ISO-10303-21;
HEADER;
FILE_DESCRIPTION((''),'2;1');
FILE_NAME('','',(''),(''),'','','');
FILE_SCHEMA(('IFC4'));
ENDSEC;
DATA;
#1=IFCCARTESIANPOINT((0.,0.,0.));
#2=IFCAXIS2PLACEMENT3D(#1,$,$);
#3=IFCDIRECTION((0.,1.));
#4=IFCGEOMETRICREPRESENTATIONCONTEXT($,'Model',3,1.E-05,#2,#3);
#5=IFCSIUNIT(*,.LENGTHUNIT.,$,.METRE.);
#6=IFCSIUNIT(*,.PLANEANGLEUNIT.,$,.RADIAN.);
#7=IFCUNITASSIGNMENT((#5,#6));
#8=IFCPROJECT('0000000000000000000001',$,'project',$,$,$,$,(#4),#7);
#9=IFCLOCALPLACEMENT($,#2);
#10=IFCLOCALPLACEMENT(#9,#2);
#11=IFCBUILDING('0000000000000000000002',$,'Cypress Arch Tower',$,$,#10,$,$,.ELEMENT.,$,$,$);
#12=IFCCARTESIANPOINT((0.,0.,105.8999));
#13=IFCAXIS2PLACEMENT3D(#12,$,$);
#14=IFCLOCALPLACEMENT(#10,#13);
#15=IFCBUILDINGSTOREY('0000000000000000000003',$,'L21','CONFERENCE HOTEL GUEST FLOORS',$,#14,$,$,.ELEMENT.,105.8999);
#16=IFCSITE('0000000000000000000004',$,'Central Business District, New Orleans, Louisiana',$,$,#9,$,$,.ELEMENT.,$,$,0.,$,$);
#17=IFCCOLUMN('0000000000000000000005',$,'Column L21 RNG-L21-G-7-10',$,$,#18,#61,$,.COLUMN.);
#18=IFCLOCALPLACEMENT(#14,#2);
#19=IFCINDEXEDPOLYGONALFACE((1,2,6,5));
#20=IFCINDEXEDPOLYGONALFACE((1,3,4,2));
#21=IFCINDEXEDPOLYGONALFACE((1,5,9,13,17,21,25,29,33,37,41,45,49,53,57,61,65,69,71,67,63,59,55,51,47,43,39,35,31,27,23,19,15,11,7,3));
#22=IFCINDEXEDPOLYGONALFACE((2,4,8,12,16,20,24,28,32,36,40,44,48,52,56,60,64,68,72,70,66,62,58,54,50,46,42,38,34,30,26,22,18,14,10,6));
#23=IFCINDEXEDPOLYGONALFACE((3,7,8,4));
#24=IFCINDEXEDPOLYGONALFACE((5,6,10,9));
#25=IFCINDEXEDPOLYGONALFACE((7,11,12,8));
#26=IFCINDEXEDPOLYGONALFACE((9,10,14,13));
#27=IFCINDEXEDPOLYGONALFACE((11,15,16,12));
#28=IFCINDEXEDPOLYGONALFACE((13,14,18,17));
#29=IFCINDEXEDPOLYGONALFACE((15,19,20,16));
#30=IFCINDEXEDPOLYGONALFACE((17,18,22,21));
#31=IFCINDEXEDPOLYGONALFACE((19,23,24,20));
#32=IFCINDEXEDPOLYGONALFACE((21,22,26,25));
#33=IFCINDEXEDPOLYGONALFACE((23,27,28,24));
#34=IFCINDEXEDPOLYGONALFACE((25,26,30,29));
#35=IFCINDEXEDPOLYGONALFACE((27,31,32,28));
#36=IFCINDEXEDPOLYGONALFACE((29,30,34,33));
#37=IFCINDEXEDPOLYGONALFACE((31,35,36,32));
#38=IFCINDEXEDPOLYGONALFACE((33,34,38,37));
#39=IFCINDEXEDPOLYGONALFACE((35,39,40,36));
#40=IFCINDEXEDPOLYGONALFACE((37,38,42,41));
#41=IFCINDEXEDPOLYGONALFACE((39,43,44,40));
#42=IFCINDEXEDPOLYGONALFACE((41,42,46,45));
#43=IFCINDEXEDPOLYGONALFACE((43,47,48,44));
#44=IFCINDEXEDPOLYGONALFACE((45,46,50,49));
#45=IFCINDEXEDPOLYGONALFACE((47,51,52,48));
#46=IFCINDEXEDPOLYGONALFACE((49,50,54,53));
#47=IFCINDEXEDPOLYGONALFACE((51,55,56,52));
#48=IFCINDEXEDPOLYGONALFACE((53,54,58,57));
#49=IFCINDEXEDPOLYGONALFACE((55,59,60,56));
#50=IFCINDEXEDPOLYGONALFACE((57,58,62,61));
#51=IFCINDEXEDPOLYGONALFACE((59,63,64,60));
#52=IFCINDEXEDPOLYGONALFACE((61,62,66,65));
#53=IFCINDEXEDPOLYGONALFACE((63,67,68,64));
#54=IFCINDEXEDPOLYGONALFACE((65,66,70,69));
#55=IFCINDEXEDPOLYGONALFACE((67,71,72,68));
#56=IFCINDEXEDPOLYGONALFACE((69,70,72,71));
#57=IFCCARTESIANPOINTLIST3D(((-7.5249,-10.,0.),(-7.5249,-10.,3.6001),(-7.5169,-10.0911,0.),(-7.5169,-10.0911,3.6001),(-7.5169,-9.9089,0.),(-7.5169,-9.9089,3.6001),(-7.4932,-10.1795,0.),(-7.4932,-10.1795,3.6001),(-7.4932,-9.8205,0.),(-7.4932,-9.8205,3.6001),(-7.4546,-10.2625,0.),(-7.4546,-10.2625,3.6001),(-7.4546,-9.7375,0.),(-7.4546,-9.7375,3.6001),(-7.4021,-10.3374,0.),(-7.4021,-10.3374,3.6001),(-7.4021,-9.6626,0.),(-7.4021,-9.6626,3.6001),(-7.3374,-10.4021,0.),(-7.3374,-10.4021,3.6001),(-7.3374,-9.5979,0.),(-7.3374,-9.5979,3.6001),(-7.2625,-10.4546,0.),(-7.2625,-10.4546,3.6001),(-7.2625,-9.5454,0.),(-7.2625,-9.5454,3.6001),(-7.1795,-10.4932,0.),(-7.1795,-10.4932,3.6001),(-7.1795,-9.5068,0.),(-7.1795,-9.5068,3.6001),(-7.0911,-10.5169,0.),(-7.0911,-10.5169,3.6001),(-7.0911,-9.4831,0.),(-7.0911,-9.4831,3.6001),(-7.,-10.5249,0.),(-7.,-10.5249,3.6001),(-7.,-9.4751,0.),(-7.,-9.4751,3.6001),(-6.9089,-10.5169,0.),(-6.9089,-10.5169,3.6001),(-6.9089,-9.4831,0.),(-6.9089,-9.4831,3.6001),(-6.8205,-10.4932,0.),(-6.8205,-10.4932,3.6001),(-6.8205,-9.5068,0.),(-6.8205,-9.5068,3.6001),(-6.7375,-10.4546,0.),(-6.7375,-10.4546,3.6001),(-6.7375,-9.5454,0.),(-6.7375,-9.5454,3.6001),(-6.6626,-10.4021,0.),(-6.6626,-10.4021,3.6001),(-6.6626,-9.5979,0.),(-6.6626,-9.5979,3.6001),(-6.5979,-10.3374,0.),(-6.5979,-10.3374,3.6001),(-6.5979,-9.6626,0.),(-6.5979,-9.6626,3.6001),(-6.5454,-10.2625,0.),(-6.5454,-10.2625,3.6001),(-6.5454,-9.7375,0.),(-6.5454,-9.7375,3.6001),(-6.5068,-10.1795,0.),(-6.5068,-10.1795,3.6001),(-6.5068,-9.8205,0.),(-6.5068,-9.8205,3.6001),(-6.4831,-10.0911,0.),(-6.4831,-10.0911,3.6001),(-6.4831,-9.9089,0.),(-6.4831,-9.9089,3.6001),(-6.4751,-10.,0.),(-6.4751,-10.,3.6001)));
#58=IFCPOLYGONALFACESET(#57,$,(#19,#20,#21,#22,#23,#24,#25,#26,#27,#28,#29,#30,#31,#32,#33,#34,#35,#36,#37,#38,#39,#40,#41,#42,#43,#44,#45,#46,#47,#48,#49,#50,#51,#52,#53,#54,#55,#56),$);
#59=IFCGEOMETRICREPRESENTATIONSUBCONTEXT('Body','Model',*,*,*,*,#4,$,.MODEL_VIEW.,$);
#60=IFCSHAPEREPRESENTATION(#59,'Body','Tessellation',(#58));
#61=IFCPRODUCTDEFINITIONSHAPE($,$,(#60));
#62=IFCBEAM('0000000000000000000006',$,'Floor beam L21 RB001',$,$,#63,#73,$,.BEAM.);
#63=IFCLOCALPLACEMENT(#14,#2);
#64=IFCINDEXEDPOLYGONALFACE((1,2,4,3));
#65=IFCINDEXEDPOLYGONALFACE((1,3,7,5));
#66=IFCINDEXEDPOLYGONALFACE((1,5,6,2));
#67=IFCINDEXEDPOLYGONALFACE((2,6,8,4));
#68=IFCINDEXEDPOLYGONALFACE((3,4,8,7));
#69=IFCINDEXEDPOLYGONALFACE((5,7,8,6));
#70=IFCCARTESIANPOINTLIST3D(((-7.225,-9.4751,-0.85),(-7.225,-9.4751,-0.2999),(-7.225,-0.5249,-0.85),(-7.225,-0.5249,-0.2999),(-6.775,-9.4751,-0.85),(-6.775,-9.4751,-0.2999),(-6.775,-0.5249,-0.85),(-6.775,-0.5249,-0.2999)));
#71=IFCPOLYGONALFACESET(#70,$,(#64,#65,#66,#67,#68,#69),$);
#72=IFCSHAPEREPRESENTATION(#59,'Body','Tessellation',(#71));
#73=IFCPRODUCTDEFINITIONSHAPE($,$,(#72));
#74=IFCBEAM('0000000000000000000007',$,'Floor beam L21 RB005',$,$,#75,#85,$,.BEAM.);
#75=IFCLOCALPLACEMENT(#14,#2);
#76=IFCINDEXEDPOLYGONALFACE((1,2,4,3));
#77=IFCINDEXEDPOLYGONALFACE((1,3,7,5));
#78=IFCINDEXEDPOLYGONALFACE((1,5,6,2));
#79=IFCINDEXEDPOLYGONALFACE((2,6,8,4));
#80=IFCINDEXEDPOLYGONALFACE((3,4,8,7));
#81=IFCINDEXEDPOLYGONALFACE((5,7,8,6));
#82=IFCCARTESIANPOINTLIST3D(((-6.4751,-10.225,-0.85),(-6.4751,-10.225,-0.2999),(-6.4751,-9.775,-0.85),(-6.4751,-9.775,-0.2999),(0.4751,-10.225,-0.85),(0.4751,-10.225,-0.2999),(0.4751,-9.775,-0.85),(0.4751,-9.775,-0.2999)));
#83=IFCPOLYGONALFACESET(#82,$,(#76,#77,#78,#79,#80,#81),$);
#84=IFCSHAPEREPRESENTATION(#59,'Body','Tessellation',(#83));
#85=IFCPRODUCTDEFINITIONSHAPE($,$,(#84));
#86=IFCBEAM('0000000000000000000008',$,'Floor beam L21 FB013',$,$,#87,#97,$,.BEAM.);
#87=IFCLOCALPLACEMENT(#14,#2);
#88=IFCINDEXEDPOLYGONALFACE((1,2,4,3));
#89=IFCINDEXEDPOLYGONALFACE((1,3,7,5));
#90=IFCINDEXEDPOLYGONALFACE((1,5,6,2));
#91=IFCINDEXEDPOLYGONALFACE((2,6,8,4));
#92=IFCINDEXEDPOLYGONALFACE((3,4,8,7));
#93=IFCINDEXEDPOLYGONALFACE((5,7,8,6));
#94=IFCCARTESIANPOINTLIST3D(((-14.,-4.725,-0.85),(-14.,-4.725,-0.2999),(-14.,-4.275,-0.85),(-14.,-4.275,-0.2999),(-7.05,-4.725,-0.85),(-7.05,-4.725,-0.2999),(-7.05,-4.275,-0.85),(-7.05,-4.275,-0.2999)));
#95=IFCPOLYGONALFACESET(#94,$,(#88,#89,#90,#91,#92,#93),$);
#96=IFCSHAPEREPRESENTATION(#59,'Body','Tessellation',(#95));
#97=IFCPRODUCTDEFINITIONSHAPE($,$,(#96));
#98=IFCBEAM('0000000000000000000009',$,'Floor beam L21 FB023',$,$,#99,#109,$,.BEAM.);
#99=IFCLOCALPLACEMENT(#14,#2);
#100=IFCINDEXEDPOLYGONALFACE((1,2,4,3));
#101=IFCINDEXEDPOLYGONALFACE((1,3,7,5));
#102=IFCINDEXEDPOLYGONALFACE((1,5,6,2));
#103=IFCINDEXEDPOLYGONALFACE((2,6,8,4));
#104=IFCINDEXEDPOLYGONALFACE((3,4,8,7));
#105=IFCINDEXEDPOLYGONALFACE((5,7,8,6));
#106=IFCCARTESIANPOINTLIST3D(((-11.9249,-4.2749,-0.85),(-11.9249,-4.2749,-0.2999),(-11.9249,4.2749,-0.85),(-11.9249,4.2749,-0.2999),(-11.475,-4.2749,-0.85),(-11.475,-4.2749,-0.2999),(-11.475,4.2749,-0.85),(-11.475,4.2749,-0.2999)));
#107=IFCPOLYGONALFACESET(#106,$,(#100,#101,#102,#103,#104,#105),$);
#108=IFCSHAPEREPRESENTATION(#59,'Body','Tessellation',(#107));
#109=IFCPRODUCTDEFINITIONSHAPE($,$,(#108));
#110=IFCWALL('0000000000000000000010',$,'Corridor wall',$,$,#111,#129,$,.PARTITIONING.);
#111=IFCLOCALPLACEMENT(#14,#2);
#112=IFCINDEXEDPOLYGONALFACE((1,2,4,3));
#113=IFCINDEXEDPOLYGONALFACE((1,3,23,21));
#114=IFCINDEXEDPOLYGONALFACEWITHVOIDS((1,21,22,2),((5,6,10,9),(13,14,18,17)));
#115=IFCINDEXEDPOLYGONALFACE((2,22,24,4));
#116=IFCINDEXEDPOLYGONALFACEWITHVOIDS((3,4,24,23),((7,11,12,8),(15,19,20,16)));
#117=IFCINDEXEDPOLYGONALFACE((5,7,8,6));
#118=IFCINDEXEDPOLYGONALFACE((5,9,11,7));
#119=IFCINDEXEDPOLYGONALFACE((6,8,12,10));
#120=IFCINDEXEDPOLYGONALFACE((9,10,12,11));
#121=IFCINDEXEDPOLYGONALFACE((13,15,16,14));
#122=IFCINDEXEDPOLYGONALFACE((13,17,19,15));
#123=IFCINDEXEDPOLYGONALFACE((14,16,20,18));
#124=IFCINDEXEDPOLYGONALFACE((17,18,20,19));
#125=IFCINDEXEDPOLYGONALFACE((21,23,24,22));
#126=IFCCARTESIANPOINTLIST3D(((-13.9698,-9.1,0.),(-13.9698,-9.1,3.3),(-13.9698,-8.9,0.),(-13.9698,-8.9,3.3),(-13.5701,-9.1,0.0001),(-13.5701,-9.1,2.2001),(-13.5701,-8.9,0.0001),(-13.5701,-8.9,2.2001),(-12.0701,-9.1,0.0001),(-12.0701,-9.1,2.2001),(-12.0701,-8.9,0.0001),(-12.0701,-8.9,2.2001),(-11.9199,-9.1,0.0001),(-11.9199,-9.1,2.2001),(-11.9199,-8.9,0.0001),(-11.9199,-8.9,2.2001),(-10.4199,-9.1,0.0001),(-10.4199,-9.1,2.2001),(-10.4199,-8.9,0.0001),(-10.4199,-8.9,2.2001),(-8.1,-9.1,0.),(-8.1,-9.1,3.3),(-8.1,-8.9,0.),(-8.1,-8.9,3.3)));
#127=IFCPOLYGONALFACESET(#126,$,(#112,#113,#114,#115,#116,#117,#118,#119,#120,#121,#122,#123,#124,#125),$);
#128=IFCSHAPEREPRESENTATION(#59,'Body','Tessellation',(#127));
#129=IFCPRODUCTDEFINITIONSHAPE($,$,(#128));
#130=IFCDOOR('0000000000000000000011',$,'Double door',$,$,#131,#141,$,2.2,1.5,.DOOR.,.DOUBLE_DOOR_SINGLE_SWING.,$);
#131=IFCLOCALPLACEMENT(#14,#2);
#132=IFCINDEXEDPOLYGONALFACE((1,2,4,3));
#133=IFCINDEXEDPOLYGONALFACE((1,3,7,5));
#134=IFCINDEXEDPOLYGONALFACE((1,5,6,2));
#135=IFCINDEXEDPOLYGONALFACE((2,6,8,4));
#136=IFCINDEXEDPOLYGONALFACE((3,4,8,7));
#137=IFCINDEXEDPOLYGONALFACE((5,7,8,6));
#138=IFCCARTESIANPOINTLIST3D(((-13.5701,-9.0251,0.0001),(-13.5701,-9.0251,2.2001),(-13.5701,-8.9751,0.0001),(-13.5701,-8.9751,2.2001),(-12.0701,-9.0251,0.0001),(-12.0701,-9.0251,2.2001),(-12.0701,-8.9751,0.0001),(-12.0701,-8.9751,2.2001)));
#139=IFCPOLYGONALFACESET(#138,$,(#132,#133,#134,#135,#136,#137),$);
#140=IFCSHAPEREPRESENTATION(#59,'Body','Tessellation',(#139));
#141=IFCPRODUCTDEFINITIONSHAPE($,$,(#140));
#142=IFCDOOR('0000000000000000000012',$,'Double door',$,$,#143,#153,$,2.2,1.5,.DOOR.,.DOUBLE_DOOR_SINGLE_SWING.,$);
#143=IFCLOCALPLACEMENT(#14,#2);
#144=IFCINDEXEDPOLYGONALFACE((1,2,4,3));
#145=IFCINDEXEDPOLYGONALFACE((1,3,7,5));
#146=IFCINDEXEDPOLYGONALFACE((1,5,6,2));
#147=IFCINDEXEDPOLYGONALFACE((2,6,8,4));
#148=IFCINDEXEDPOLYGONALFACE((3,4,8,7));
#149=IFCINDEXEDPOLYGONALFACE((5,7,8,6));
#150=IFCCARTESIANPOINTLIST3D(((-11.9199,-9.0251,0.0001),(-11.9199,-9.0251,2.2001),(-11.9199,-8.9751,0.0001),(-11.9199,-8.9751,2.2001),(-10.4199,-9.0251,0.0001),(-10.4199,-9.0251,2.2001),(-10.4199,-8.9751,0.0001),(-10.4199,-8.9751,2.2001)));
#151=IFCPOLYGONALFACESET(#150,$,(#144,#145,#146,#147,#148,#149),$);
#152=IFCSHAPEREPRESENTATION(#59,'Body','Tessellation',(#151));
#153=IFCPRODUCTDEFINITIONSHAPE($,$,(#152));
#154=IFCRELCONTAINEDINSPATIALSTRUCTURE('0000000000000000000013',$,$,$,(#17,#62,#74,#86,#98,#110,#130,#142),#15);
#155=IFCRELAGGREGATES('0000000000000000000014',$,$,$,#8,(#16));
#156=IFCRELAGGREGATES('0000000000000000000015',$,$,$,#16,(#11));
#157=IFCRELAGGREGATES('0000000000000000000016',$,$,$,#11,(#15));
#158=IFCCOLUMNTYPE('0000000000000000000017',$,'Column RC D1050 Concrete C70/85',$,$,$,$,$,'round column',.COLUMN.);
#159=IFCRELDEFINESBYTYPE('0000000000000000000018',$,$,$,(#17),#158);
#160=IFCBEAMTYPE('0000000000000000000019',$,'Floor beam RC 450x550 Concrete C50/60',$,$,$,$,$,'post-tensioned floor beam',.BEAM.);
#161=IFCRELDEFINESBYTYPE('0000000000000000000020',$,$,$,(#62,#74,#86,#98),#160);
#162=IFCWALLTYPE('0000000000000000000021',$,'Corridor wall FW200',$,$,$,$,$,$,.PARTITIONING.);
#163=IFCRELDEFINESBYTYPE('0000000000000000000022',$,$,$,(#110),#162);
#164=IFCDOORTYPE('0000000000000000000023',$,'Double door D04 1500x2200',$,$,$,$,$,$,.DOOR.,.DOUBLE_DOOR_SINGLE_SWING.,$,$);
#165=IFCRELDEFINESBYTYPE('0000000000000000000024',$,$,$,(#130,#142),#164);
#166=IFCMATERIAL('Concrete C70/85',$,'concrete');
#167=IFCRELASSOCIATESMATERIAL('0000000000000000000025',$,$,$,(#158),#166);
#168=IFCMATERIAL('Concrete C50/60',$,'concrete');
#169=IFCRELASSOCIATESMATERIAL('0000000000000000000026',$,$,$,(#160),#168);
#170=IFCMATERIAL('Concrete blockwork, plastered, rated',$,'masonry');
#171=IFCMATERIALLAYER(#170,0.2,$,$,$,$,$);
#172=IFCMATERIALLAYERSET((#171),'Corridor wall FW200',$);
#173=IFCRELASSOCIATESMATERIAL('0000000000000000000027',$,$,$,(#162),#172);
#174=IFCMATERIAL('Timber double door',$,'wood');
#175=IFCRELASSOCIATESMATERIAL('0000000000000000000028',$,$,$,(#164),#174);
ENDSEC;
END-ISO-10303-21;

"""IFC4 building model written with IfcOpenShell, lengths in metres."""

from ifc_helpers import new_model, si_unit, direction, frame, frame_2d, origin, origin_2d, place, context, subcontext, project, spatial, rectangle, circle, extrude, material, layer, layer_set, material_profile, profile_set, type_object, element, fill, save


model = new_model("IFC4")

# Units and contexts
model_context = context("Model", 3, precision=1e-05, world=origin(), true_north=direction((0.0, 1.0)))
body_context = subcontext(model_context, "Body", "Model", "MODEL_VIEW")
ifc_project = project(units=[si_unit("LENGTHUNIT", "METRE"), si_unit("PLANEANGLEUNIT", "RADIAN")], contexts=[model_context])

# Site, building, storey
site_placement = place(None, origin())
site = spatial("IfcSite", under=ifc_project, at=site_placement, Name="Central Business District, New Orleans, Louisiana", CompositionType="ELEMENT", RefElevation=0.0)
building_placement = place(site_placement, origin())
building = spatial("IfcBuilding", under=site, at=building_placement, Name="Cypress Arch Tower", CompositionType="ELEMENT")
storey_placement = place(building_placement, frame((0.0, 0.0, 105.8999)))
storey = spatial("IfcBuildingStorey", under=building, at=storey_placement, Name="L21", Description="CONFERENCE HOTEL GUEST FLOORS", CompositionType="ELEMENT", Elevation=105.8999)

# Column
ifc_material_1 = material(Name="Concrete C70/85", Category="concrete")
ifc_material_profile_1 = material_profile(ifc_material_1, circle(Radius=0.5249, at=origin_2d()), Name="RC D1050")
ifc_profile_set_1 = profile_set([ifc_material_profile_1], Name="Concrete C70/85")
column_type = type_object("IfcColumnType", Name="Column RC D1050 Concrete C70/85", ElementType="round column", PredefinedType="COLUMN", material=ifc_profile_set_1)
column_placement = place(storey_placement, frame((-7.0, -10.0, 0.0), z_axis=(0.0, 0.0, 1.0), x_axis=(1.0, 0.0, 0.0)))
element("IfcColumn", 1, at=column_placement, inside=storey, type_object=column_type, Name="Column L21 RNG-L21-G-7-10", PredefinedType="COLUMN", context=body_context, shape_type="SweptSolid", body=[
    extrude(circle(Radius=0.5249, at=origin_2d()), origin(), (0.0, 0.0, 1.0), 3.6001),
])

# Beams
ifc_material_2 = material(Name="Concrete C50/60", Category="concrete")
ifc_material_profile_2 = material_profile(ifc_material_2, rectangle(XDim=0.45, YDim=0.55, at=origin_2d()), Name="RC 450x550")
ifc_profile_set_2 = profile_set([ifc_material_profile_2], Name="Concrete C50/60")
beam_type = type_object("IfcBeamType", Name="Floor beam RC 450x550 Concrete C50/60", ElementType="post-tensioned floor beam", PredefinedType="BEAM", material=ifc_profile_set_2)
beam_1_placement = place(storey_placement, frame((-7.0, -9.4751, -0.575), z_axis=(0.0, 1.0, 0.0), x_axis=(-1.0, 0.0, 0.0)))
element("IfcBeam", 2, at=beam_1_placement, inside=storey, type_object=beam_type, Name="Floor beam L21 RB001", PredefinedType="BEAM", context=body_context, shape_type="SweptSolid", body=[
    extrude(rectangle(XDim=0.45, YDim=0.55, at=origin_2d()), origin(), (0.0, 0.0, 1.0), 8.9502),
])
beam_2_placement = place(storey_placement, frame((-6.4751, -10.0, -0.575), z_axis=(1.0, 0.0, 0.0), x_axis=(0.0, 1.0, 0.0)))
element("IfcBeam", 3, at=beam_2_placement, inside=storey, type_object=beam_type, Name="Floor beam L21 RB005", PredefinedType="BEAM", context=body_context, shape_type="SweptSolid", body=[
    extrude(rectangle(XDim=0.45, YDim=0.55, at=origin_2d()), origin(), (0.0, 0.0, 1.0), 6.9502),
])
beam_3_placement = place(storey_placement, frame((-14.0, -4.5, -0.575), z_axis=(1.0, 0.0, 0.0), x_axis=(0.0, 1.0, 0.0)))
element("IfcBeam", 4, at=beam_3_placement, inside=storey, type_object=beam_type, Name="Floor beam L21 FB013", PredefinedType="BEAM", context=body_context, shape_type="SweptSolid", body=[
    extrude(rectangle(XDim=0.45, YDim=0.55, at=origin_2d()), origin(), (0.0, 0.0, 1.0), 6.95),
])
beam_4_placement = place(storey_placement, frame((-11.7, -4.2749, -0.575), z_axis=(0.0, 1.0, 0.0), x_axis=(-1.0, 0.0, 0.0)))
element("IfcBeam", 5, at=beam_4_placement, inside=storey, type_object=beam_type, Name="Floor beam L21 FB023", PredefinedType="BEAM", context=body_context, shape_type="SweptSolid", body=[
    extrude(rectangle(XDim=0.45, YDim=0.55, at=origin_2d()), origin(), (0.0, 0.0, 1.0), 8.5498),
])

# Wall, openings, doors
ifc_material_3 = material(Name="Concrete blockwork, plastered, rated", Category="masonry")
ifc_layer_1 = layer(ifc_material_3, 0.2)
ifc_layer_set_1 = layer_set([ifc_layer_1], Name="Corridor wall FW200")
wall_type_1 = type_object("IfcWallType", Name="Corridor wall FW200", PredefinedType="PARTITIONING", material=ifc_layer_set_1)
wall_1_placement = place(storey_placement, frame((-13.97, -9.0, 0.0), z_axis=(0.0, 0.0, 1.0), x_axis=(1.0, 0.0, 0.0)))
wall_1 = element("IfcWall", 6, at=wall_1_placement, inside=storey, type_object=wall_type_1, Name="Corridor wall", PredefinedType="PARTITIONING", context=body_context, shape_type="SweptSolid", body=[
    extrude(rectangle(XDim=5.8699, YDim=0.2, at=frame_2d((2.9351, 0.0))), origin(), (0.0, 0.0, 1.0), 3.3),
])
opening_1_placement = place(wall_1_placement, frame((0.3999, 0.0, 0.0)))
opening_1 = element("IfcOpeningElement", 7, at=opening_1_placement, cuts=wall_1, PredefinedType="OPENING", context=body_context, shape_type="SweptSolid", body=[
    extrude(rectangle(XDim=1.5, YDim=2.2, at=frame_2d((0.75, 1.1001))), frame((0.0, 0.1099, 0.0), z_axis=(0.0, -1.0, 0.0), x_axis=(1.0, 0.0, 0.0)), (0.0, 0.0, 1.0), 0.22),
])
opening_2_placement = place(wall_1_placement, frame((2.05, 0.0, 0.0)))
opening_2 = element("IfcOpeningElement", 8, at=opening_2_placement, cuts=wall_1, PredefinedType="OPENING", context=body_context, shape_type="SweptSolid", body=[
    extrude(rectangle(XDim=1.5, YDim=2.2, at=frame_2d((0.75, 1.1001))), frame((0.0, 0.1099, 0.0), z_axis=(0.0, -1.0, 0.0), x_axis=(1.0, 0.0, 0.0)), (0.0, 0.0, 1.0), 0.22),
])
ifc_material_4 = material(Name="Timber double door", Category="wood")
door_type_1 = type_object("IfcDoorType", Name="Double door D04 1500x2200", OperationType="DOUBLE_DOOR_SINGLE_SWING", PredefinedType="DOOR", material=ifc_material_4)
door_1_placement = place(opening_1_placement, origin())
door_1 = element("IfcDoor", 9, at=door_1_placement, inside=storey, type_object=door_type_1, Name="Double door", OperationType="DOUBLE_DOOR_SINGLE_SWING", OverallHeight=2.2, OverallWidth=1.5, PredefinedType="DOOR", context=body_context, shape_type="SweptSolid", body=[
    extrude(rectangle(XDim=1.5, YDim=2.2, at=frame_2d((0.75, 1.1001))), frame((0.0, 0.0249, 0.0), z_axis=(0.0, -1.0, 0.0), x_axis=(1.0, 0.0, 0.0)), (0.0, 0.0, 1.0), 0.05),
])
fill(opening_1, door_1)
door_2_placement = place(opening_2_placement, origin())
door_2 = element("IfcDoor", 10, at=door_2_placement, inside=storey, type_object=door_type_1, Name="Double door", OperationType="DOUBLE_DOOR_SINGLE_SWING", OverallHeight=2.2, OverallWidth=1.5, PredefinedType="DOOR", context=body_context, shape_type="SweptSolid", body=[
    extrude(rectangle(XDim=1.5, YDim=2.2, at=frame_2d((0.75, 1.1001))), frame((0.0, 0.0249, 0.0), z_axis=(0.0, -1.0, 0.0), x_axis=(1.0, 0.0, 0.0)), (0.0, 0.0, 1.0), 0.05),
])
fill(opening_2, door_2)

save(model, "model.ifc")
